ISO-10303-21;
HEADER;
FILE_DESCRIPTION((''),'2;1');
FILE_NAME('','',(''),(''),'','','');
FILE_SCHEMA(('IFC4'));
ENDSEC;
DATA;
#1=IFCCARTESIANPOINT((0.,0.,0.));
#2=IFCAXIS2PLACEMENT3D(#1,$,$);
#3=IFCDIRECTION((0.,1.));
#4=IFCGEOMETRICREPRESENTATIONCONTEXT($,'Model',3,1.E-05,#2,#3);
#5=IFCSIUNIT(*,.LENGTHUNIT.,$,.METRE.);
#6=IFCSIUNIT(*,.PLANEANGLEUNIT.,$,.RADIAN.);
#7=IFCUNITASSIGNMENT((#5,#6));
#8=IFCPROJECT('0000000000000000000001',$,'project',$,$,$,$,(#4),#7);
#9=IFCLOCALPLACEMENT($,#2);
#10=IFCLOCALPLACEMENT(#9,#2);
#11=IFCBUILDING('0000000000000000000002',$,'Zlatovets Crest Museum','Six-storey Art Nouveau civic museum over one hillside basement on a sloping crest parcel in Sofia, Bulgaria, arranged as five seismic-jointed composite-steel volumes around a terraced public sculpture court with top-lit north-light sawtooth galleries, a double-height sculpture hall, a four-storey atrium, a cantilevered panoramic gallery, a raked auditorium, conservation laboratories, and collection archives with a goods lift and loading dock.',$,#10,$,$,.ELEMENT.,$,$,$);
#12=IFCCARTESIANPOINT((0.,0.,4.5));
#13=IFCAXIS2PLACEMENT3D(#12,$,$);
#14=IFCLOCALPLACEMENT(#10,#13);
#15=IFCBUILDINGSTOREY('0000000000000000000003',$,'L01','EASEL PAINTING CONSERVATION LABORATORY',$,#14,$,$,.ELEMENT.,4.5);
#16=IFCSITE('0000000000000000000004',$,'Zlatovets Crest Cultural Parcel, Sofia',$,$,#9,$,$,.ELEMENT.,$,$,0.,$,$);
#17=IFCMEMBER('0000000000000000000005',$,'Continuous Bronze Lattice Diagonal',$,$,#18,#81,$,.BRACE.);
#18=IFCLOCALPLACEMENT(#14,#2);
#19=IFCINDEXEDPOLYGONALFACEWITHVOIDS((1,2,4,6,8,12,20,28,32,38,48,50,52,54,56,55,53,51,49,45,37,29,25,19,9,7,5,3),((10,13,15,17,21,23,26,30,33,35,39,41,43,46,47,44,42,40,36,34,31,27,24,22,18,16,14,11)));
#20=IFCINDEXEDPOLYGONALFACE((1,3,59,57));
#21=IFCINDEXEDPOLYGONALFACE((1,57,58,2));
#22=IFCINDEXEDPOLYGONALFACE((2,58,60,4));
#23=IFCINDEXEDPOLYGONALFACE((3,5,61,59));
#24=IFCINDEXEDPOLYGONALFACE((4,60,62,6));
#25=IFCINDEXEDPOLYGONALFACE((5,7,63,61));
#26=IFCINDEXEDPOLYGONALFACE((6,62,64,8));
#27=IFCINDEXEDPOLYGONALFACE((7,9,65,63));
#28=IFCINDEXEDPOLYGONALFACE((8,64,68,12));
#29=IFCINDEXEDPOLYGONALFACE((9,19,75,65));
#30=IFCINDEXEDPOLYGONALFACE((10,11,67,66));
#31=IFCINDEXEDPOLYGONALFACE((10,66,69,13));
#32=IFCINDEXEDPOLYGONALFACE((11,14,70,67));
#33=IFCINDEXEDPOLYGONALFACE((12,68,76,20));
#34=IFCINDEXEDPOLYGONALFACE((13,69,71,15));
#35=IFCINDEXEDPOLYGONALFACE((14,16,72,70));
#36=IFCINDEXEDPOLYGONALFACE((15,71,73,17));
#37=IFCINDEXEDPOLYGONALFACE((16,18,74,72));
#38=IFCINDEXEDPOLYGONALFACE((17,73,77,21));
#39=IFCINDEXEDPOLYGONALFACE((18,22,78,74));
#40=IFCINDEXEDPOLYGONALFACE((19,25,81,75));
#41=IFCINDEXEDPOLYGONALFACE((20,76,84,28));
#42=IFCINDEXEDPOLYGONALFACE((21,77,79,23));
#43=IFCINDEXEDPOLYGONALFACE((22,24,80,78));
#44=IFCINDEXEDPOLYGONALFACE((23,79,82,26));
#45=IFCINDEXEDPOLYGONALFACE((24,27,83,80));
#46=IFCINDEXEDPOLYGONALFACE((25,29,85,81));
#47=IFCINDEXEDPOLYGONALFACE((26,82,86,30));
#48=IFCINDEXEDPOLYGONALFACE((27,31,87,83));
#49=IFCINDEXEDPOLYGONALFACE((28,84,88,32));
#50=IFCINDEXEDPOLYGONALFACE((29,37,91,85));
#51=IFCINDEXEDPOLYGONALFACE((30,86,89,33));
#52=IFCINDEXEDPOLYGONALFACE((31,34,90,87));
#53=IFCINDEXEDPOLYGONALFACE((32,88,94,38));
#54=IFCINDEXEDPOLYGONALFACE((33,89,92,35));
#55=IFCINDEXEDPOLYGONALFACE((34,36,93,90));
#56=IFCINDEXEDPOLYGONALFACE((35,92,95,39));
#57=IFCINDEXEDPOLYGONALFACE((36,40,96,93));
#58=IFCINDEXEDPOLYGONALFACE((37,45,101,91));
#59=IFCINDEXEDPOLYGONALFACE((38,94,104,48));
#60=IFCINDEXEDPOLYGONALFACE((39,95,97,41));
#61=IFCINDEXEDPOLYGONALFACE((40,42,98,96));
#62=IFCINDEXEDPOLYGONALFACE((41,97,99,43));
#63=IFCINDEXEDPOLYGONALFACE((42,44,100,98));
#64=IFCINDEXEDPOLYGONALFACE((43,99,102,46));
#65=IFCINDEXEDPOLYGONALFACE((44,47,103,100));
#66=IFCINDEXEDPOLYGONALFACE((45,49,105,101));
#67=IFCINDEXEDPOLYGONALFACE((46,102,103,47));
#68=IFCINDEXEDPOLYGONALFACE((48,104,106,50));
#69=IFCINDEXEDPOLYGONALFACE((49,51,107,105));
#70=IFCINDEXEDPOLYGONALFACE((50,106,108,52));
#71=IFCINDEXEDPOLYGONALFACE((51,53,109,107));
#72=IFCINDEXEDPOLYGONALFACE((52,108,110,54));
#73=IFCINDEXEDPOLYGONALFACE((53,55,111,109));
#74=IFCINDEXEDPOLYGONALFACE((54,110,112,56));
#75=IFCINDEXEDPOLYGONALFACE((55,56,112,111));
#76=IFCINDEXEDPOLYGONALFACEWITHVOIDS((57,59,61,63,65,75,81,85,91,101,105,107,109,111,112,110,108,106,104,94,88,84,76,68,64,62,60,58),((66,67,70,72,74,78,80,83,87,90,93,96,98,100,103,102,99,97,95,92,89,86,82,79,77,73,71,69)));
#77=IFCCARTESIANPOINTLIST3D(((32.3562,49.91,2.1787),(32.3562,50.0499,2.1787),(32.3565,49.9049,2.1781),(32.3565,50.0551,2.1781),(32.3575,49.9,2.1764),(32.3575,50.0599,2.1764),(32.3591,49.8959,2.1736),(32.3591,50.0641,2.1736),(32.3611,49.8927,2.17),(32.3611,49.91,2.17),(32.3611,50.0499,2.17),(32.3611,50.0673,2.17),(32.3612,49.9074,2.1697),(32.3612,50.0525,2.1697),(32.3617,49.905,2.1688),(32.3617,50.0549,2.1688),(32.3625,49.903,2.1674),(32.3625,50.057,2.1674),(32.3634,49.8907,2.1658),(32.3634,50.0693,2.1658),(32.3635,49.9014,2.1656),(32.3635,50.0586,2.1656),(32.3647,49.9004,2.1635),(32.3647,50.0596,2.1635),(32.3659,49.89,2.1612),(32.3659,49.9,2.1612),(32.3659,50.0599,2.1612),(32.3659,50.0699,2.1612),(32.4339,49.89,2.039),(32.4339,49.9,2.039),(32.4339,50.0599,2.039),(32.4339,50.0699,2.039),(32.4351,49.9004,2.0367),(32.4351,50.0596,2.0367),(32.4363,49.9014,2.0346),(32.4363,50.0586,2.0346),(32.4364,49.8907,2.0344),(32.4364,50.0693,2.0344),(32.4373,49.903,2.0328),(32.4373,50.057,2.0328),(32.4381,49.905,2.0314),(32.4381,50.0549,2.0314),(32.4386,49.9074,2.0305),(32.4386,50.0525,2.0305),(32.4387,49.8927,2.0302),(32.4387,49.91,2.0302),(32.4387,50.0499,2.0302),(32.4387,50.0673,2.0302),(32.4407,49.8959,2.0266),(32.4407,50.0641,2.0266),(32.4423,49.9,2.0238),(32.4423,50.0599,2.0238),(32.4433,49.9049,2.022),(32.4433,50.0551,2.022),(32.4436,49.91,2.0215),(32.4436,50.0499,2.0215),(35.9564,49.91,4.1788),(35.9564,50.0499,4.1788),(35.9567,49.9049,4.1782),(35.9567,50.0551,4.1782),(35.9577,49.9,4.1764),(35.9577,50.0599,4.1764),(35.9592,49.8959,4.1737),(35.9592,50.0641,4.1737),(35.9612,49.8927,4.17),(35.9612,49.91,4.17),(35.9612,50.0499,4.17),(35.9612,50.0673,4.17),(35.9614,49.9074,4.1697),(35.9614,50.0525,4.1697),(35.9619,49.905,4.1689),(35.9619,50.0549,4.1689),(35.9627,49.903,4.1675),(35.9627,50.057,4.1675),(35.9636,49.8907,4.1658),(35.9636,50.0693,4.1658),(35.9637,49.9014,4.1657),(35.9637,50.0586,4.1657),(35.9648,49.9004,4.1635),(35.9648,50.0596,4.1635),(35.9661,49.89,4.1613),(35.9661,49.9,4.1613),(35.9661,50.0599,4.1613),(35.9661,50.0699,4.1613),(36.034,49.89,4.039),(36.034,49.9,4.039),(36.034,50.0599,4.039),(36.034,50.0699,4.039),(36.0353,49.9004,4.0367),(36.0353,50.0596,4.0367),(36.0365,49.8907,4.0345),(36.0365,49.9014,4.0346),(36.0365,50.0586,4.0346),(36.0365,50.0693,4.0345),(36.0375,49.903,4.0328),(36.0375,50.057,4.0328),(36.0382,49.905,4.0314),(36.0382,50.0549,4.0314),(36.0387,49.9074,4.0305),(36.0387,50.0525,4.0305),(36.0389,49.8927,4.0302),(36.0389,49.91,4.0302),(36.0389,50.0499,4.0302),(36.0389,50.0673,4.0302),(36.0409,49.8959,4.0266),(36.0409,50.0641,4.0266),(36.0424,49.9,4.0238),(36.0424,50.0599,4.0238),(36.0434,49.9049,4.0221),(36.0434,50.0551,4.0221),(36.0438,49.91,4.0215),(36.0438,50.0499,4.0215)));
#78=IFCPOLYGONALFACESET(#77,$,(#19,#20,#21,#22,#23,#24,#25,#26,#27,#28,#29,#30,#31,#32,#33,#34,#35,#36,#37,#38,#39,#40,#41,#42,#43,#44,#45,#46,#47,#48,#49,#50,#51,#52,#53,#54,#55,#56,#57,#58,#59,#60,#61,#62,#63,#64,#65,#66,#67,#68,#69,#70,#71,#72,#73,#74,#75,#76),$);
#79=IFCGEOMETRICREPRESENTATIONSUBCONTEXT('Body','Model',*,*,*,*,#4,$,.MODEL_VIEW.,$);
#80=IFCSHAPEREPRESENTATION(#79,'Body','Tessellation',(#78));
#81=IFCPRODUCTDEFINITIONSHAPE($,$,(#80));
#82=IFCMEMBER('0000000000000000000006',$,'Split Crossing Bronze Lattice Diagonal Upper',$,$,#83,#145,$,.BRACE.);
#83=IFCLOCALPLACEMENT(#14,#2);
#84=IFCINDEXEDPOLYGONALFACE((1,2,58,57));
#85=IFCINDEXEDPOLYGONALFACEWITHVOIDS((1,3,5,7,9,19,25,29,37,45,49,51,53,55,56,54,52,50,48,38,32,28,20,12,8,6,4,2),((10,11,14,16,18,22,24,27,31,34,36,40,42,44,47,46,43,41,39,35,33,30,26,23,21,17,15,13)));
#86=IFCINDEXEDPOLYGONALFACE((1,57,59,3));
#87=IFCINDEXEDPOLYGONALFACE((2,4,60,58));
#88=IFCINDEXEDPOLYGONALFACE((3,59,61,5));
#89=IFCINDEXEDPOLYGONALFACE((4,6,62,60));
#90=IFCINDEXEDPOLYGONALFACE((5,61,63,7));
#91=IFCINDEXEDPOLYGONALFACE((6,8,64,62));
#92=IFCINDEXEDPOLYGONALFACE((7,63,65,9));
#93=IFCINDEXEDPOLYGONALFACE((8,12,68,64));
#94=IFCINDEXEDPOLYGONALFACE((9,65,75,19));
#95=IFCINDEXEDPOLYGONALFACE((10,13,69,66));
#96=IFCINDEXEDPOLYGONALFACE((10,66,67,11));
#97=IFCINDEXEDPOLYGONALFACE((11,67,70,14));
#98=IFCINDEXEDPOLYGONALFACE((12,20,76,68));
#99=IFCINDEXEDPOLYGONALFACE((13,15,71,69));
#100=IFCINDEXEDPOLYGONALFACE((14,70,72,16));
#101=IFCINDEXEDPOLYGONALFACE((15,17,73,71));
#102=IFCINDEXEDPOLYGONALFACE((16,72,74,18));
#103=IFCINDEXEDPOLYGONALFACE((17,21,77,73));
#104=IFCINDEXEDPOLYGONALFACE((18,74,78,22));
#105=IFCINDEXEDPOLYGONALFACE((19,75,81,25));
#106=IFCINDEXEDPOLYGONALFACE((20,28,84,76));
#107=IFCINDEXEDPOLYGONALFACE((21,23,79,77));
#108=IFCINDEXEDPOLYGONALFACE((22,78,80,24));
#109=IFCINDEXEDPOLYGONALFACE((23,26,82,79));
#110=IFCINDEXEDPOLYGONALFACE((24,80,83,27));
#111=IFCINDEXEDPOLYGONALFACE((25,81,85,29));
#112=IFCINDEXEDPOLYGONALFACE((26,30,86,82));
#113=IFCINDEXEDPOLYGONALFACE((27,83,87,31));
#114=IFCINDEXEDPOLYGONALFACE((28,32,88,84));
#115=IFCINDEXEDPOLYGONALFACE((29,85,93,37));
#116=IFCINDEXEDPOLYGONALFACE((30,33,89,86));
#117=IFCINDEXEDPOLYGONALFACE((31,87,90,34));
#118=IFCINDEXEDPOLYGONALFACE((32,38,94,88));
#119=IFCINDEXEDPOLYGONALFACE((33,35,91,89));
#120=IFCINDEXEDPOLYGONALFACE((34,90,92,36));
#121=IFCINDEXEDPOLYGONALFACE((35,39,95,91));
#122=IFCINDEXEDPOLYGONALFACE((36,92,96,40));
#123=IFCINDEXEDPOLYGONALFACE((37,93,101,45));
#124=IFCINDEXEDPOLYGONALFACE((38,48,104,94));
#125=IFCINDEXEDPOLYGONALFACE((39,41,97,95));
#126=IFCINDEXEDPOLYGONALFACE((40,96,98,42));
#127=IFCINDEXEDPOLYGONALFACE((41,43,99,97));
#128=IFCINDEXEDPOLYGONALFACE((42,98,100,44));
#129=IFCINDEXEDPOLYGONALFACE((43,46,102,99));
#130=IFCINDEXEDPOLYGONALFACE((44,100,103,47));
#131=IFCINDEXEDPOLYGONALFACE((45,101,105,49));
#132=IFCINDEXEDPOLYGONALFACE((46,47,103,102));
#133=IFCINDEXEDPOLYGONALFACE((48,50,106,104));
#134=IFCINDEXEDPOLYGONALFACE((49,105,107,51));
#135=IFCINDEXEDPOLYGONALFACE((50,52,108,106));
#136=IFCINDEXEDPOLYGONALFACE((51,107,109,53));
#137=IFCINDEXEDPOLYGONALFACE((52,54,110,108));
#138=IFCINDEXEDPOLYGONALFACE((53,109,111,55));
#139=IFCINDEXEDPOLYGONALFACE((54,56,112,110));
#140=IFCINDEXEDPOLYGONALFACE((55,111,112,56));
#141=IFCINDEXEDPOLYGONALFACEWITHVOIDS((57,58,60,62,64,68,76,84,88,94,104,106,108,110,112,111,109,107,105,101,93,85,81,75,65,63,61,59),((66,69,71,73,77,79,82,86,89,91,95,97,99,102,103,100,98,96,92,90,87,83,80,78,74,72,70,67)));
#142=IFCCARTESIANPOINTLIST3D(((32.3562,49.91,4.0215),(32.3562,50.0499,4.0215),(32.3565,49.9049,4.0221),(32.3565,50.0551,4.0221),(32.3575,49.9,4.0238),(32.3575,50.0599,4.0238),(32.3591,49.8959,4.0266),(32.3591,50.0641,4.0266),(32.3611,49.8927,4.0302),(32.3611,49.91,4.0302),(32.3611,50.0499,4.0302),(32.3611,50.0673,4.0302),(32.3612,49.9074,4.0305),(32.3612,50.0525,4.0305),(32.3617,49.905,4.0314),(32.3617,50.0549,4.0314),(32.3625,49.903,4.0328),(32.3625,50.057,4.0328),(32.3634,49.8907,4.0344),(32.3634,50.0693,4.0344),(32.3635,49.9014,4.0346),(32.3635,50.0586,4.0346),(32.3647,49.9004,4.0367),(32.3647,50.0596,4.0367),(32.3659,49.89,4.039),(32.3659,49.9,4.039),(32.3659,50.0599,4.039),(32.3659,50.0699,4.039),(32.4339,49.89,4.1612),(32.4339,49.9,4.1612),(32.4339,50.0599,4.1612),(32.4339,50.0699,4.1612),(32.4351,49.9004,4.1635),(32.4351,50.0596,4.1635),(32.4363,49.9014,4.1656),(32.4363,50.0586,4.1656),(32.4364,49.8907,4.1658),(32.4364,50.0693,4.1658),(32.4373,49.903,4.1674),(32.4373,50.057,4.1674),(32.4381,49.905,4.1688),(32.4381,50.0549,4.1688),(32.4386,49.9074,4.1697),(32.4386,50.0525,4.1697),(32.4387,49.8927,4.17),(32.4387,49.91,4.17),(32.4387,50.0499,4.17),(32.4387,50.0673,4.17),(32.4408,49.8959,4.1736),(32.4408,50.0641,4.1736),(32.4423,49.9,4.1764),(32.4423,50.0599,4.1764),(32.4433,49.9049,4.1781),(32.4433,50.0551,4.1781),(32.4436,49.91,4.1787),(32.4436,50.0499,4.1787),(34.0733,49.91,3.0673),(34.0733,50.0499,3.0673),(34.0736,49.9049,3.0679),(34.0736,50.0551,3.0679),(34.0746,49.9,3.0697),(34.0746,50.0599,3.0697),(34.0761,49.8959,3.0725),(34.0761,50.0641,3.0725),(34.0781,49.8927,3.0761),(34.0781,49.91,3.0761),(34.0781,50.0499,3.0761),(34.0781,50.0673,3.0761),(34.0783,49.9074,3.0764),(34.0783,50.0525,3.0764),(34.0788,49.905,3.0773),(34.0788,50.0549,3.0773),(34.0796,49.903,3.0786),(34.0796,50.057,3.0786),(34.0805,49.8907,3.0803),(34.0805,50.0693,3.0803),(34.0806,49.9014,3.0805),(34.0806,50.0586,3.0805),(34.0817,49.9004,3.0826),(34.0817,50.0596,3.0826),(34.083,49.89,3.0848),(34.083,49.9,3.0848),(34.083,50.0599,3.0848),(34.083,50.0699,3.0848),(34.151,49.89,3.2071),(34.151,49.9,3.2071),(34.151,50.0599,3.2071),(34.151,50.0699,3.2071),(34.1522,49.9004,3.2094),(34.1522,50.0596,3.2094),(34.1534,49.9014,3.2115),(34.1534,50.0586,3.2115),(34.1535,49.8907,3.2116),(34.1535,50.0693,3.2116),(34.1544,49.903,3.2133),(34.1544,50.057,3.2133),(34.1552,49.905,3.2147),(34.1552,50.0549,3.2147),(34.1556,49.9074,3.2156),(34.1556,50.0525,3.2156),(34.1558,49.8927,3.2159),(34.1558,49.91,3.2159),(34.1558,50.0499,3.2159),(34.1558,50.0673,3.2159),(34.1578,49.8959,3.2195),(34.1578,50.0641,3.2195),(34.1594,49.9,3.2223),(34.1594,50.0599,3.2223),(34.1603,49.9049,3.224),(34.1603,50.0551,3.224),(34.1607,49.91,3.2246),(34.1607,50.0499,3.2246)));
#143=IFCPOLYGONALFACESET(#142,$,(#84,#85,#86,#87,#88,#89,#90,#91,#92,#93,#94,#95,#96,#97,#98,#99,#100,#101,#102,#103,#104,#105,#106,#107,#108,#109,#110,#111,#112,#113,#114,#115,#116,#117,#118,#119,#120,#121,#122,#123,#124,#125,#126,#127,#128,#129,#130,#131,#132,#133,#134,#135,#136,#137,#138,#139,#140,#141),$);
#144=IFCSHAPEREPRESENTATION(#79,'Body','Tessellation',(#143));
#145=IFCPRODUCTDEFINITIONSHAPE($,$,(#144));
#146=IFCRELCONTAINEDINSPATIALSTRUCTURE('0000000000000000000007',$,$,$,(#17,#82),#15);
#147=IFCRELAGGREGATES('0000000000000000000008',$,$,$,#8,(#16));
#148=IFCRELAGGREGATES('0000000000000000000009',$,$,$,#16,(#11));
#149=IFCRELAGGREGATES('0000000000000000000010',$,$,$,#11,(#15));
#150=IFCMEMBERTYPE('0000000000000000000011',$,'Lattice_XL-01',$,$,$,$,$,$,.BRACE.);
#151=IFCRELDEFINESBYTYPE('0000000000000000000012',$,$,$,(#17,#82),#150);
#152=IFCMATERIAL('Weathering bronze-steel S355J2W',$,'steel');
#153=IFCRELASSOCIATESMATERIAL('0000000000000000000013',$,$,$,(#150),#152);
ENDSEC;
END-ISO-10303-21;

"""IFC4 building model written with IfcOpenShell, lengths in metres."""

from ifc_helpers import new_model, si_unit, direction, frame, origin, origin_2d, place, context, subcontext, project, spatial, hollow_rectangle, extrude, material, material_profile, profile_set, type_object, element, save


model = new_model("IFC4")

# Units and contexts
model_context = context("Model", 3, precision=1e-05, world=origin(), true_north=direction((0.0, 1.0)))
body_context = subcontext(model_context, "Body", "Model", "MODEL_VIEW")
ifc_project = project(units=[si_unit("LENGTHUNIT", "METRE"), si_unit("PLANEANGLEUNIT", "RADIAN")], contexts=[model_context])

# Site, building, storey
site_placement = place(None, origin())
site = spatial("IfcSite", under=ifc_project, at=site_placement, Name="Zlatovets Crest Cultural Parcel, Sofia", CompositionType="ELEMENT", RefElevation=0.0)
building_placement = place(site_placement, origin())
building = spatial("IfcBuilding", under=site, at=building_placement, Name="Zlatovets Crest Museum", Description="Six-storey Art Nouveau civic museum over one hillside basement on a sloping crest parcel in Sofia, Bulgaria, arranged as five seismic-jointed composite-steel volumes around a terraced public sculpture court with top-lit north-light sawtooth galleries, a double-height sculpture hall, a four-storey atrium, a cantilevered panoramic gallery, a raked auditorium, conservation laboratories, and collection archives with a goods lift and loading dock.", CompositionType="ELEMENT")
storey_placement = place(building_placement, frame((0.0, 0.0, 4.5)))
storey = spatial("IfcBuildingStorey", under=building, at=storey_placement, Name="L01", Description="EASEL PAINTING CONSERVATION LABORATORY", CompositionType="ELEMENT", Elevation=4.5)

# Members
ifc_material_1 = material(Name="Weathering bronze-steel S355J2W", Category="steel")
ifc_material_profile_1 = material_profile(ifc_material_1, hollow_rectangle(XDim=0.1799, YDim=0.1799, WallThickness=0.01, InnerFilletRadius=0.01, OuterFilletRadius=0.02, at=origin_2d()), Name="SHS 180x180x10.0")
ifc_profile_set_1 = profile_set([ifc_material_profile_1], Name="Weathering bronze-steel S355J2W")
member_type_1 = type_object("IfcMemberType", Name="Lattice_XL-01", PredefinedType="BRACE", material=ifc_profile_set_1)
member_1_placement = place(storey_placement, frame((32.3999, 49.98, 2.1001), z_axis=(0.874163, 0.0, 0.485633), x_axis=(0.0, 1.0, 0.0)))
element("IfcMember", 1, at=member_1_placement, inside=storey, type_object=member_type_1, Name="Continuous Bronze Lattice Diagonal", PredefinedType="BRACE", context=body_context, shape_type="SweptSolid", body=[
    extrude(hollow_rectangle(XDim=0.1799, YDim=0.1799, WallThickness=0.01, InnerFilletRadius=0.01, OuterFilletRadius=0.02, at=origin_2d()), origin(), (0.0, 0.0, 1.0), 4.1184),
])
member_2_placement = place(storey_placement, frame((32.3999, 49.98, 4.1001), z_axis=(0.874116, 0.0, -0.485717), x_axis=(0.0, 1.0, 0.0)))
element("IfcMember", 2, at=member_2_placement, inside=storey, type_object=member_type_1, Name="Split Crossing Bronze Lattice Diagonal Upper", PredefinedType="BRACE", context=body_context, shape_type="SweptSolid", body=[
    extrude(hollow_rectangle(XDim=0.1799, YDim=0.1799, WallThickness=0.01, InnerFilletRadius=0.01, OuterFilletRadius=0.02, at=origin_2d()), origin(), (0.0, 0.0, 1.0), 1.9644),
])

save(model, "model.ifc")
